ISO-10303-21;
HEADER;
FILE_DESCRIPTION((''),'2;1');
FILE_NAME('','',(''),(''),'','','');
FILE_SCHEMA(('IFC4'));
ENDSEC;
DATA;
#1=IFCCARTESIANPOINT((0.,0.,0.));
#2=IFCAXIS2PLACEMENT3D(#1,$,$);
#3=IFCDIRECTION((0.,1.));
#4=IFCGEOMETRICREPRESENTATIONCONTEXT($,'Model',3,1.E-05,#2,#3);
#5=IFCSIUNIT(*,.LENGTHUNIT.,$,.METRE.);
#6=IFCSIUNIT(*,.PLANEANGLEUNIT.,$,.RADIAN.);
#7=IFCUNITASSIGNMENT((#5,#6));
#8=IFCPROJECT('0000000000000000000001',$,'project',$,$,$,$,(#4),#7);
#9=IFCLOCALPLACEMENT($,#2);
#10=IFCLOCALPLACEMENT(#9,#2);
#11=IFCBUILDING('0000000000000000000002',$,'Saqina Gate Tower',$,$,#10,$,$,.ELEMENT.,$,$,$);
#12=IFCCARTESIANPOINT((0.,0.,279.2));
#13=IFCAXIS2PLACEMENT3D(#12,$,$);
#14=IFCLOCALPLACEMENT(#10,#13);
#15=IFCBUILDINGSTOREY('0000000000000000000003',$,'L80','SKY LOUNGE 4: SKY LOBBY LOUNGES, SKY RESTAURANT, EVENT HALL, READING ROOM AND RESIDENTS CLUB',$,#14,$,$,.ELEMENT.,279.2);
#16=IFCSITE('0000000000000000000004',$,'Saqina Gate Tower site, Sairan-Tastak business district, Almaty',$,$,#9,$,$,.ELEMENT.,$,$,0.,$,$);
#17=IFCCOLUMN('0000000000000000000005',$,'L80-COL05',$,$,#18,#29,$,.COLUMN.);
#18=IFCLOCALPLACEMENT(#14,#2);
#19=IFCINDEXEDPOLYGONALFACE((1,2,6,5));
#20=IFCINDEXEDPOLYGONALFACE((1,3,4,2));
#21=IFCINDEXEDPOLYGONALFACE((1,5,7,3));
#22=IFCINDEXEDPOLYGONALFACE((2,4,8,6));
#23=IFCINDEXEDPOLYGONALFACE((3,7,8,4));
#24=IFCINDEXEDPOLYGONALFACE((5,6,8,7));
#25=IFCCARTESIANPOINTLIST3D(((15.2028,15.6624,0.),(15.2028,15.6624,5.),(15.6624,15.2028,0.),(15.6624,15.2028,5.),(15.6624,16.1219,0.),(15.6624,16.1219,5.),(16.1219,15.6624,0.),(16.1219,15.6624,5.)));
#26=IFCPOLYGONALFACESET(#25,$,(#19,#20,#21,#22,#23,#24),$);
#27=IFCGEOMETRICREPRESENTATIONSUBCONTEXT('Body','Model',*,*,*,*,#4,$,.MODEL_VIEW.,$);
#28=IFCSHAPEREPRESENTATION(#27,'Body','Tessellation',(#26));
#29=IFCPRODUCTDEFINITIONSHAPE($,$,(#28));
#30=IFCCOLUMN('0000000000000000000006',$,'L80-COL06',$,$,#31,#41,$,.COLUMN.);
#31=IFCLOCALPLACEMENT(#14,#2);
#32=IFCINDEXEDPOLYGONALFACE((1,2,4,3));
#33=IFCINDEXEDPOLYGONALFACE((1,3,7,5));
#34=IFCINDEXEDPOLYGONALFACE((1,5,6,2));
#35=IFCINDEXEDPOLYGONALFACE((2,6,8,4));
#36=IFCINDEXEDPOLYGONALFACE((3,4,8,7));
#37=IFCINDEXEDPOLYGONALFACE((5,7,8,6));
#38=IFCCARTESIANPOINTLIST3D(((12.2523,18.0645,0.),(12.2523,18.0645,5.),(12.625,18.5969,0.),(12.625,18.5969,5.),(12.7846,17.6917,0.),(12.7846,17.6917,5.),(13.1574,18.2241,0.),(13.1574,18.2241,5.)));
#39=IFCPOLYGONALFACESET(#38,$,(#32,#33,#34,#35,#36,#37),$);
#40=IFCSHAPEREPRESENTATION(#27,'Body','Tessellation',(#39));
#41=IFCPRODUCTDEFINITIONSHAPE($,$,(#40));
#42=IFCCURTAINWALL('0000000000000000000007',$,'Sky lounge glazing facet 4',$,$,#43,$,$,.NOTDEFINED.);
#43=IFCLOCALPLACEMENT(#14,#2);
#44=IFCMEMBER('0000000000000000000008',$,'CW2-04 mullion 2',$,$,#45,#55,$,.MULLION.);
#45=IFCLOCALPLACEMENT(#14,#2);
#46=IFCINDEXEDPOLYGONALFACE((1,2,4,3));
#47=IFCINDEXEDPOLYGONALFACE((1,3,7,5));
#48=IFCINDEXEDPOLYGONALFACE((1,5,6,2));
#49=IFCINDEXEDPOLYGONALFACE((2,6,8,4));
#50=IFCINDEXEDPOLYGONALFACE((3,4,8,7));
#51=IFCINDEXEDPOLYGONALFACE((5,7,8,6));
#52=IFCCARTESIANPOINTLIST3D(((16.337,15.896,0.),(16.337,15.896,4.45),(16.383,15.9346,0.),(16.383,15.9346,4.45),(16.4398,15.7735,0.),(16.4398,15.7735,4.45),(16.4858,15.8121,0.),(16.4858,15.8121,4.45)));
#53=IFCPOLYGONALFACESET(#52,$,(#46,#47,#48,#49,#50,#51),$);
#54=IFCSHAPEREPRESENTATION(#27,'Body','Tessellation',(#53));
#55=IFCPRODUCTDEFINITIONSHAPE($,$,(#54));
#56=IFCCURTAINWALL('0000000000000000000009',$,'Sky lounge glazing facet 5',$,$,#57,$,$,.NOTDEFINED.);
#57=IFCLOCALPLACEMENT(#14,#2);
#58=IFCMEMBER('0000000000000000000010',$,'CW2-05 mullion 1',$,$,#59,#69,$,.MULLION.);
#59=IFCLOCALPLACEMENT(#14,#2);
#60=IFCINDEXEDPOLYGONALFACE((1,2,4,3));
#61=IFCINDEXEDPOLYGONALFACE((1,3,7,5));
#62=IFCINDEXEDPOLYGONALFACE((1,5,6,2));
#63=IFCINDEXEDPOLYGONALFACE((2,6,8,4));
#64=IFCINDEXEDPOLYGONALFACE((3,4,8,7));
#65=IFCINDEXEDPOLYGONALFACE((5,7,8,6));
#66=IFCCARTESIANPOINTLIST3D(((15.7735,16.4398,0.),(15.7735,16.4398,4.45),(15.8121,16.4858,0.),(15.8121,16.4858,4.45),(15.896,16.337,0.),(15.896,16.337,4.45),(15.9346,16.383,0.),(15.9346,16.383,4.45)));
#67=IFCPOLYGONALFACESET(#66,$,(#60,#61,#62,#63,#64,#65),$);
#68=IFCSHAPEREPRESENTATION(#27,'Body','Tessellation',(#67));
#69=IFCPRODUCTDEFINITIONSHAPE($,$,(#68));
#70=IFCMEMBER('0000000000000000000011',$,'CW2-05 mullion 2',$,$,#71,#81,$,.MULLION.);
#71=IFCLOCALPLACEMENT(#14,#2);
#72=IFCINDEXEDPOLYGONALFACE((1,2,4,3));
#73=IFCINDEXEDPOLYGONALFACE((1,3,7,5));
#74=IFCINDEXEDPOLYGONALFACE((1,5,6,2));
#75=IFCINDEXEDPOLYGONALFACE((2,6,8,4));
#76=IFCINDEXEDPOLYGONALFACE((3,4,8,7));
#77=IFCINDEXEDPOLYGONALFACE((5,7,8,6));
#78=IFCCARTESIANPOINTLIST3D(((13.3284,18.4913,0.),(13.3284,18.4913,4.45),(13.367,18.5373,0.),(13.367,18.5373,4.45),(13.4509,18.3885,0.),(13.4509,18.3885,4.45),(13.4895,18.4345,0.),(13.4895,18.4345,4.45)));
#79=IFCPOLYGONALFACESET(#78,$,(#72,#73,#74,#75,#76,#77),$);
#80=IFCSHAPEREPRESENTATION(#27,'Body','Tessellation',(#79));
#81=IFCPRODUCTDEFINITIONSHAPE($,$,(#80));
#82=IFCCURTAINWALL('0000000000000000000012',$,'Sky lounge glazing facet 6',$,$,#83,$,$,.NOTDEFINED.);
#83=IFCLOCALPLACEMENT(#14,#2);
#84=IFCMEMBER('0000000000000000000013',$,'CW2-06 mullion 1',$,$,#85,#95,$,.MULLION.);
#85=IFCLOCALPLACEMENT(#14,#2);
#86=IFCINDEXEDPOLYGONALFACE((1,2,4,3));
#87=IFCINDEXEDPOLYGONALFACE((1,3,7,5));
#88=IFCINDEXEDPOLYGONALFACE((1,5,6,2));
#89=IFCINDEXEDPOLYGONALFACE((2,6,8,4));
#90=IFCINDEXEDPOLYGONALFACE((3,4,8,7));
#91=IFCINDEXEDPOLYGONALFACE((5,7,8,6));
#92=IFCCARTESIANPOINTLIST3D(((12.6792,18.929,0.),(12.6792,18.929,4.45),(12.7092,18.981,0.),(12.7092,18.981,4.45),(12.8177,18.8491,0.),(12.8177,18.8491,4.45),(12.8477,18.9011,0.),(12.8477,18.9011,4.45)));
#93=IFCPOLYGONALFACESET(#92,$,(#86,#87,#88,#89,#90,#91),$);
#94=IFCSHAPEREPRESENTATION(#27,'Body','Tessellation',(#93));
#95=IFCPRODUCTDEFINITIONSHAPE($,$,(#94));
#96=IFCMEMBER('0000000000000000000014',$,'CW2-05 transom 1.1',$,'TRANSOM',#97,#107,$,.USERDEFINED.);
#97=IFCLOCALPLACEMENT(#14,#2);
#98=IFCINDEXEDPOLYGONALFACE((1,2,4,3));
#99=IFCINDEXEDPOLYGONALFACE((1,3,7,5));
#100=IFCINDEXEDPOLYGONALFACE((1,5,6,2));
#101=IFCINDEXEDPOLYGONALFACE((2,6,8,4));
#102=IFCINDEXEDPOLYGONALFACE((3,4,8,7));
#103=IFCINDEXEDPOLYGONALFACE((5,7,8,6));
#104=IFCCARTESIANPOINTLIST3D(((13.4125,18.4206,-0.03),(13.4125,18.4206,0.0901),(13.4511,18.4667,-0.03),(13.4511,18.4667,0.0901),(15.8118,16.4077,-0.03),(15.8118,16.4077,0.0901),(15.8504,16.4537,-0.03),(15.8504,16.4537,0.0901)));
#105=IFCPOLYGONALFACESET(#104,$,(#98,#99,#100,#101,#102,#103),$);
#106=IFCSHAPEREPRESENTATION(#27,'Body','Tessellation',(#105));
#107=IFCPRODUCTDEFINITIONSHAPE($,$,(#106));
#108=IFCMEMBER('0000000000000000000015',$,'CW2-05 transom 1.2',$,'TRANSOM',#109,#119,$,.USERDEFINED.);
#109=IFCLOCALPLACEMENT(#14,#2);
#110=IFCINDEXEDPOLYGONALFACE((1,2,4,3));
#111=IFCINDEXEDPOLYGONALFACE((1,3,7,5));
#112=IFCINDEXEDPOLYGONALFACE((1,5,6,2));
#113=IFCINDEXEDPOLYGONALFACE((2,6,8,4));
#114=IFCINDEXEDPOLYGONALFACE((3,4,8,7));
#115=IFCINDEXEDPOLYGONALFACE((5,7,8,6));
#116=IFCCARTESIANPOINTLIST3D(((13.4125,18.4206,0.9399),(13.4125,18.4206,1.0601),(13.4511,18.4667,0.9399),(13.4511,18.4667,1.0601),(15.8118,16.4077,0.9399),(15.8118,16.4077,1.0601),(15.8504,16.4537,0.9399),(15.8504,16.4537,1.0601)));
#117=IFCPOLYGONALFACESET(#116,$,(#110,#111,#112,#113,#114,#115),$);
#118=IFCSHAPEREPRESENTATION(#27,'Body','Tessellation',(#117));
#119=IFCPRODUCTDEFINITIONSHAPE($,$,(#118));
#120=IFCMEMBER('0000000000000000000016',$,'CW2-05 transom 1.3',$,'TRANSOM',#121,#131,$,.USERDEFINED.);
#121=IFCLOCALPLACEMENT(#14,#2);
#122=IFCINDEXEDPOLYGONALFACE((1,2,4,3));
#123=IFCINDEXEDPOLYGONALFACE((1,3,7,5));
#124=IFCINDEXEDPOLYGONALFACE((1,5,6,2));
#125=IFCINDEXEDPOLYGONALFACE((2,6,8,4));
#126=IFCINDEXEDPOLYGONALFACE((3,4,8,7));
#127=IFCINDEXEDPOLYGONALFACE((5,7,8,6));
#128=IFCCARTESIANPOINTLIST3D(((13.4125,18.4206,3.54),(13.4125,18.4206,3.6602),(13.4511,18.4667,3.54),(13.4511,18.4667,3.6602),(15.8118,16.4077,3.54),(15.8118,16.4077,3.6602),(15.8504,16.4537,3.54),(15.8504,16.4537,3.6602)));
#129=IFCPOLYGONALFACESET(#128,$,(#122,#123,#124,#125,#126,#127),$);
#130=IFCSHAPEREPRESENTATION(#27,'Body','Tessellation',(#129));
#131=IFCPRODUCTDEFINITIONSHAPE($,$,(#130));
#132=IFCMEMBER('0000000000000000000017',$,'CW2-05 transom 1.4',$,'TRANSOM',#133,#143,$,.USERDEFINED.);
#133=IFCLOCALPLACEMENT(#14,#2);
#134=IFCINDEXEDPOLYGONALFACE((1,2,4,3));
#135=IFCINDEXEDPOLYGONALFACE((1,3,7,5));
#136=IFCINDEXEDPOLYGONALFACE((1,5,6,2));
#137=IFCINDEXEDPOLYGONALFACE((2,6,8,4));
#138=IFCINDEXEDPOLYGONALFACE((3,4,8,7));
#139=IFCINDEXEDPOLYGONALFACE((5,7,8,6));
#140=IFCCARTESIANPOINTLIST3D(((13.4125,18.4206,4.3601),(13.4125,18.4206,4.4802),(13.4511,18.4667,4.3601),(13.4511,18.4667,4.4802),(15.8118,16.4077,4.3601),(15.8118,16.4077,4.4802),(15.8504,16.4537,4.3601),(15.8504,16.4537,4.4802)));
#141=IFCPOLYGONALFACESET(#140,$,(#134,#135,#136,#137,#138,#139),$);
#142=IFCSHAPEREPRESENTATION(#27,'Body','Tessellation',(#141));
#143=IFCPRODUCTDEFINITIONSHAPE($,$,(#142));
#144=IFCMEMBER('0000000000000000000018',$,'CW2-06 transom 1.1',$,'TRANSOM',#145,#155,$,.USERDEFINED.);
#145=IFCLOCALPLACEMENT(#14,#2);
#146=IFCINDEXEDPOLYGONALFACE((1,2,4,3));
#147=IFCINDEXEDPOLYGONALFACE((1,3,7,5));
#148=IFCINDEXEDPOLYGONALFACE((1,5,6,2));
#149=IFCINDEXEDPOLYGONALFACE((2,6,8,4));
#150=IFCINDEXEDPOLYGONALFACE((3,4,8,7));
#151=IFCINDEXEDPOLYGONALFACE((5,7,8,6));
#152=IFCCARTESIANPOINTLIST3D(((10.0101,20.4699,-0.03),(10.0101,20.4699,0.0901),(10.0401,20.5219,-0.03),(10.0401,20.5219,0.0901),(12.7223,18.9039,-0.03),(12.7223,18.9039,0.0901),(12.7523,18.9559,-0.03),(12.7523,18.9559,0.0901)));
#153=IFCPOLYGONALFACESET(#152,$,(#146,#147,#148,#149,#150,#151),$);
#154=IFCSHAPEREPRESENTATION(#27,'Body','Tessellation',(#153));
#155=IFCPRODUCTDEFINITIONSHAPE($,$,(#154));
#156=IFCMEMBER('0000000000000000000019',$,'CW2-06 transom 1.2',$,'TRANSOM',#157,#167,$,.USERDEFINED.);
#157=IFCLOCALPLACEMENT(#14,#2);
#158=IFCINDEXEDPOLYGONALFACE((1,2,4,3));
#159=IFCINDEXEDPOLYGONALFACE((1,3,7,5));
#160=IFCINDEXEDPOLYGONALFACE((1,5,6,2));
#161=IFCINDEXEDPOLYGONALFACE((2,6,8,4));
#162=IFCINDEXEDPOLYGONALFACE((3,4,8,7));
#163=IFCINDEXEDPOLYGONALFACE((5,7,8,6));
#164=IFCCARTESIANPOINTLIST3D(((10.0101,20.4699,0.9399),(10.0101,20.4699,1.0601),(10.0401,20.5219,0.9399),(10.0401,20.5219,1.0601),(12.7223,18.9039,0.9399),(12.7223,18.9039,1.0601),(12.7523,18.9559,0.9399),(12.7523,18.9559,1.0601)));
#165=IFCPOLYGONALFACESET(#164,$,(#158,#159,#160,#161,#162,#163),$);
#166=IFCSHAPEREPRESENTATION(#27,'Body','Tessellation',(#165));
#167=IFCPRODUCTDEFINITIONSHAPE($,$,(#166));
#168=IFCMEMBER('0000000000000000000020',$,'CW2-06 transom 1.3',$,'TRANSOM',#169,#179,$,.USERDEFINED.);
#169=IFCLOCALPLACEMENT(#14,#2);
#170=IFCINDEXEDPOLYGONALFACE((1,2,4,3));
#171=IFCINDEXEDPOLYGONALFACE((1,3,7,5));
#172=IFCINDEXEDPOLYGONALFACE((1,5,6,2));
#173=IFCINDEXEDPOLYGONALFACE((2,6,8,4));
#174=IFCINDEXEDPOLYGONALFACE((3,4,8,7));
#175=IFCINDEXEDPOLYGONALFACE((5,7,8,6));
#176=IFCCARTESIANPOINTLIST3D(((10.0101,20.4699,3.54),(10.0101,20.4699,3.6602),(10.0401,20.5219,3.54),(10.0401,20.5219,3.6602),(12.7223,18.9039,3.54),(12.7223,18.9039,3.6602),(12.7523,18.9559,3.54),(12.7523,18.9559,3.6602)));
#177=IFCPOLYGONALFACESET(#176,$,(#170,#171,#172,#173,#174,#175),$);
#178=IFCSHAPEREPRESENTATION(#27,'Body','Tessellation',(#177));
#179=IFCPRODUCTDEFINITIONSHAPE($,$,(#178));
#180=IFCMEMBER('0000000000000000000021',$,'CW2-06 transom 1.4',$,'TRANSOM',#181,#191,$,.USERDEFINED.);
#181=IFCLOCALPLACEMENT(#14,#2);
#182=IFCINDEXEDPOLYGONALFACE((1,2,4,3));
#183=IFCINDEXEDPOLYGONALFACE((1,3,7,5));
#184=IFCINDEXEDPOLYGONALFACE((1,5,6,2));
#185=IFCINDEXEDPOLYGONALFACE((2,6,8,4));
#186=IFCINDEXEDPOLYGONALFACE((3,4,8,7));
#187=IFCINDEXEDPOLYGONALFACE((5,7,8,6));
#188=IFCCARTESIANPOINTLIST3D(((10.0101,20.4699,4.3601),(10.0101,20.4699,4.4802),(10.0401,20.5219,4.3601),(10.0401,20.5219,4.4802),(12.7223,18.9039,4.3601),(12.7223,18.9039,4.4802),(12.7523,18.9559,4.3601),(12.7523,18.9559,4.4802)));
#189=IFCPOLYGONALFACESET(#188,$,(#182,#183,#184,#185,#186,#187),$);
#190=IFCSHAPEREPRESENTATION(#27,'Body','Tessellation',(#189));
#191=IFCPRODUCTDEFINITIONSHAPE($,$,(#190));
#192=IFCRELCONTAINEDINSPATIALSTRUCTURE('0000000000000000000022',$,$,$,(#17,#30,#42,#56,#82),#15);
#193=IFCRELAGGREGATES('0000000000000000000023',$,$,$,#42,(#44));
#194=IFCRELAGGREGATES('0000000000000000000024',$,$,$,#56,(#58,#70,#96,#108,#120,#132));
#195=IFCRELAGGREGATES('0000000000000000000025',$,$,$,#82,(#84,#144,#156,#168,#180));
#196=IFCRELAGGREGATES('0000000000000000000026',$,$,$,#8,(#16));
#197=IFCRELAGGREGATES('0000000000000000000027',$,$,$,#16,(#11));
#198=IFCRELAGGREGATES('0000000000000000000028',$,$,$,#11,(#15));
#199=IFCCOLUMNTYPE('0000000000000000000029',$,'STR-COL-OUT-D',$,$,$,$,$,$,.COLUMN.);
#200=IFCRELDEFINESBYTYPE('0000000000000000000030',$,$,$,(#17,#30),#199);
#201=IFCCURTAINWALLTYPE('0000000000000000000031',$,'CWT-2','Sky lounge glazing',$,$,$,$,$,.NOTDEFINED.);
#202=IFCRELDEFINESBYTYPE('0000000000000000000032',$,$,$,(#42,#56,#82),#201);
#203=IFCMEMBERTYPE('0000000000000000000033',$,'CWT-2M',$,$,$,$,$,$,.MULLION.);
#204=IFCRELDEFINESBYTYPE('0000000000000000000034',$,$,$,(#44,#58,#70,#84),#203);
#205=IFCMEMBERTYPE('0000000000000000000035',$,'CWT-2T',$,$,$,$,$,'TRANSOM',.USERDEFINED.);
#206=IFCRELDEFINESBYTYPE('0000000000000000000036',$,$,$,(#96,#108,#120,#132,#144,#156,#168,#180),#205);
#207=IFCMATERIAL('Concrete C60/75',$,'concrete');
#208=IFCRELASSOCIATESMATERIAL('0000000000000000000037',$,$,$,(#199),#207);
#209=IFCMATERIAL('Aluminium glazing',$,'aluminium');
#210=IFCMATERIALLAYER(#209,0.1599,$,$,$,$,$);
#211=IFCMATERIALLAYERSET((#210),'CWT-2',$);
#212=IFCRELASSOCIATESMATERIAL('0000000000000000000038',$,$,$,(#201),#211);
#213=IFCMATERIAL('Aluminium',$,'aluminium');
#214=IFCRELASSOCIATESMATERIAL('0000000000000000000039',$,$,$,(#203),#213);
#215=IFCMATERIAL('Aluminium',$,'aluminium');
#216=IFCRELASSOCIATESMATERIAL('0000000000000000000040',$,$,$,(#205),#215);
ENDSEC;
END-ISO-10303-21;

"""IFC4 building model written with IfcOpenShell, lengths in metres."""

from ifc_helpers import new_model, si_unit, direction, frame, origin, origin_2d, place, context, subcontext, project, spatial, rectangle, extrude, material, layer, layer_set, material_profile, profile_set, type_object, element, aggregate, save


model = new_model("IFC4")

# Units and contexts
model_context = context("Model", 3, precision=1e-05, world=origin(), true_north=direction((0.0, 1.0)))
body_context = subcontext(model_context, "Body", "Model", "MODEL_VIEW")
ifc_project = project(units=[si_unit("LENGTHUNIT", "METRE"), si_unit("PLANEANGLEUNIT", "RADIAN")], contexts=[model_context])

# Site, building, storey
site_placement = place(None, origin())
site = spatial("IfcSite", under=ifc_project, at=site_placement, Name="Saqina Gate Tower site, Sairan-Tastak business district, Almaty", CompositionType="ELEMENT", RefElevation=0.0)
building_placement = place(site_placement, origin())
building = spatial("IfcBuilding", under=site, at=building_placement, Name="Saqina Gate Tower", CompositionType="ELEMENT")
storey_placement = place(building_placement, frame((0.0, 0.0, 279.2)))
storey = spatial("IfcBuildingStorey", under=building, at=storey_placement, Name="L80", Description="SKY LOUNGE 4: SKY LOBBY LOUNGES, SKY RESTAURANT, EVENT HALL, READING ROOM AND RESIDENTS CLUB", CompositionType="ELEMENT", Elevation=279.2)

# Columns
ifc_material_1 = material(Name="Concrete C60/75", Category="concrete")
ifc_material_profile_1 = material_profile(ifc_material_1, rectangle(XDim=0.6499, YDim=0.6499, at=origin_2d()), Name="RC 650x650")
ifc_profile_set_1 = profile_set([ifc_material_profile_1], Name="Concrete C60/75")
column_type = type_object("IfcColumnType", Name="STR-COL-OUT-D", PredefinedType="COLUMN", material=ifc_profile_set_1)
for number, where, z_axis, x_axis, name in (
    (1, (15.6624, 15.6624, 0.0), (0.0, 0.0, 1.0), (0.707107, 0.707107, 0.0), "L80-COL05"),
    (2, (12.7048, 18.1443, 0.0), (0.0, 0.0, 1.0), (0.573576, 0.819152, 0.0), "L80-COL06"),
):
    element("IfcColumn", number, at=place(storey_placement, frame(where, z_axis=z_axis, x_axis=x_axis)), inside=storey, type_object=column_type, Name=name, PredefinedType="COLUMN", context=body_context, shape_type="SweptSolid", body=[
        extrude(rectangle(XDim=0.6499, YDim=0.6499, at=origin_2d()), origin(), (0.0, 0.0, 1.0), 5.0),
    ])

# Curtain wall, member
ifc_material_2 = material(Name="Aluminium glazing", Category="aluminium")
ifc_layer_1 = layer(ifc_material_2, 0.1599)
ifc_layer_set_1 = layer_set([ifc_layer_1], Name="CWT-2")
curtain_wall_type = type_object("IfcCurtainWallType", Name="CWT-2", Description="Sky lounge glazing", PredefinedType="NOTDEFINED", material=ifc_layer_set_1)
curtain_wall_1_placement = place(storey_placement, origin())
curtain_wall_1 = element("IfcCurtainWall", 3, at=curtain_wall_1_placement, inside=storey, type_object=curtain_wall_type, Name="Sky lounge glazing facet 4", PredefinedType="NOTDEFINED")
ifc_material_3 = material(Name="Aluminium", Category="aluminium")
ifc_material_profile_2 = material_profile(ifc_material_3, rectangle(XDim=0.0601, YDim=0.1599, at=origin_2d()), Name="Aluminium 60x160")
ifc_profile_set_2 = profile_set([ifc_material_profile_2], Name="Aluminium")
member_type_1 = type_object("IfcMemberType", Name="CWT-2M", PredefinedType="MULLION", material=ifc_profile_set_2)
member_1_placement = place(storey_placement, frame((16.4114, 15.854, 0.0), z_axis=(0.0, 0.0, 1.0), x_axis=(-0.766046, -0.642785, 0.0)))
member_1 = element("IfcMember", 4, at=member_1_placement, type_object=member_type_1, Name="CW2-04 mullion 2", PredefinedType="MULLION", context=body_context, shape_type="SweptSolid", body=[
    extrude(rectangle(XDim=0.0601, YDim=0.1599, at=origin_2d()), origin(), (0.0, 0.0, 1.0), 4.45),
])

# Curtain wall, members
curtain_wall_2_placement = place(storey_placement, origin())
curtain_wall_2 = element("IfcCurtainWall", 5, at=curtain_wall_2_placement, inside=storey, type_object=curtain_wall_type, Name="Sky lounge glazing facet 5", PredefinedType="NOTDEFINED")
member_2_placement = place(storey_placement, frame((15.854, 16.4114, 0.0), z_axis=(0.0, 0.0, 1.0), x_axis=(-0.642785, -0.766046, 0.0)))
member_2 = element("IfcMember", 6, at=member_2_placement, type_object=member_type_1, Name="CW2-05 mullion 1", PredefinedType="MULLION", context=body_context, shape_type="SweptSolid", body=[
    extrude(rectangle(XDim=0.0601, YDim=0.1599, at=origin_2d()), origin(), (0.0, 0.0, 1.0), 4.45),
])
member_3_placement = place(storey_placement, frame((13.4089, 18.4629, 0.0), z_axis=(0.0, 0.0, 1.0), x_axis=(-0.642785, -0.766046, 0.0)))
member_3 = element("IfcMember", 7, at=member_3_placement, type_object=member_type_1, Name="CW2-05 mullion 2", PredefinedType="MULLION", context=body_context, shape_type="SweptSolid", body=[
    extrude(rectangle(XDim=0.0601, YDim=0.1599, at=origin_2d()), origin(), (0.0, 0.0, 1.0), 4.45),
])

# Curtain wall, member
curtain_wall_3_placement = place(storey_placement, origin())
curtain_wall_3 = element("IfcCurtainWall", 8, at=curtain_wall_3_placement, inside=storey, type_object=curtain_wall_type, Name="Sky lounge glazing facet 6", PredefinedType="NOTDEFINED")
member_4_placement = place(storey_placement, frame((12.7634, 18.915, 0.0), z_axis=(0.0, 0.0, 1.0), x_axis=(-0.499982, -0.866036, 0.0)))
member_4 = element("IfcMember", 9, at=member_4_placement, type_object=member_type_1, Name="CW2-06 mullion 1", PredefinedType="MULLION", context=body_context, shape_type="SweptSolid", body=[
    extrude(rectangle(XDim=0.0601, YDim=0.1599, at=origin_2d()), origin(), (0.0, 0.0, 1.0), 4.45),
])

# Members
ifc_material_4 = material(Name="Aluminium", Category="aluminium")
ifc_material_profile_3 = material_profile(ifc_material_4, rectangle(XDim=0.0601, YDim=0.1201, at=origin_2d()), Name="Aluminium 60x120")
ifc_profile_set_3 = profile_set([ifc_material_profile_3], Name="Aluminium")
member_type_2 = type_object("IfcMemberType", Name="CWT-2T", ElementType="TRANSOM", PredefinedType="USERDEFINED", material=ifc_profile_set_3)
member_5_placement = place(storey_placement, frame((15.8311, 16.4307, 0.03), z_axis=(-0.766076, 0.64275, 0.0), x_axis=(-0.64275, -0.766076, 0.0)))
member_5 = element("IfcMember", 10, at=member_5_placement, type_object=member_type_2, Name="CW2-05 transom 1.1", ObjectType="TRANSOM", PredefinedType="USERDEFINED", context=body_context, shape_type="SweptSolid", body=[
    extrude(rectangle(XDim=0.0601, YDim=0.1201, at=origin_2d()), origin(), (0.0, 0.0, 1.0), 3.1318),
])
member_6_placement = place(storey_placement, frame((15.8311, 16.4307, 1.0), z_axis=(-0.766076, 0.64275, 0.0), x_axis=(-0.64275, -0.766076, 0.0)))
member_6 = element("IfcMember", 11, at=member_6_placement, type_object=member_type_2, Name="CW2-05 transom 1.2", ObjectType="TRANSOM", PredefinedType="USERDEFINED", context=body_context, shape_type="SweptSolid", body=[
    extrude(rectangle(XDim=0.0601, YDim=0.1201, at=origin_2d()), origin(), (0.0, 0.0, 1.0), 3.1318),
])
member_7_placement = place(storey_placement, frame((15.8311, 16.4307, 3.6001), z_axis=(-0.766076, 0.64275, 0.0), x_axis=(-0.64275, -0.766076, 0.0)))
member_7 = element("IfcMember", 12, at=member_7_placement, type_object=member_type_2, Name="CW2-05 transom 1.3", ObjectType="TRANSOM", PredefinedType="USERDEFINED", context=body_context, shape_type="SweptSolid", body=[
    extrude(rectangle(XDim=0.0601, YDim=0.1201, at=origin_2d()), origin(), (0.0, 0.0, 1.0), 3.1318),
])
member_8_placement = place(storey_placement, frame((15.8311, 16.4307, 4.4202), z_axis=(-0.766076, 0.64275, 0.0), x_axis=(-0.64275, -0.766076, 0.0)))
member_8 = element("IfcMember", 13, at=member_8_placement, type_object=member_type_2, Name="CW2-05 transom 1.4", ObjectType="TRANSOM", PredefinedType="USERDEFINED", context=body_context, shape_type="SweptSolid", body=[
    extrude(rectangle(XDim=0.0601, YDim=0.1201, at=origin_2d()), origin(), (0.0, 0.0, 1.0), 3.1318),
])
member_9_placement = place(storey_placement, frame((12.7373, 18.9299, 0.03), z_axis=(-0.866018, 0.500013, 0.0), x_axis=(-0.500013, -0.866018, 0.0)))
member_9 = element("IfcMember", 14, at=member_9_placement, type_object=member_type_2, Name="CW2-06 transom 1.1", ObjectType="TRANSOM", PredefinedType="USERDEFINED", context=body_context, shape_type="SweptSolid", body=[
    extrude(rectangle(XDim=0.0601, YDim=0.1201, at=origin_2d()), origin(), (0.0, 0.0, 1.0), 3.1318),
])
member_10_placement = place(storey_placement, frame((12.7373, 18.9299, 1.0), z_axis=(-0.866018, 0.500013, 0.0), x_axis=(-0.500013, -0.866018, 0.0)))
member_10 = element("IfcMember", 15, at=member_10_placement, type_object=member_type_2, Name="CW2-06 transom 1.2", ObjectType="TRANSOM", PredefinedType="USERDEFINED", context=body_context, shape_type="SweptSolid", body=[
    extrude(rectangle(XDim=0.0601, YDim=0.1201, at=origin_2d()), origin(), (0.0, 0.0, 1.0), 3.1318),
])
member_11_placement = place(storey_placement, frame((12.7373, 18.9299, 3.6001), z_axis=(-0.866018, 0.500013, 0.0), x_axis=(-0.500013, -0.866018, 0.0)))
member_11 = element("IfcMember", 16, at=member_11_placement, type_object=member_type_2, Name="CW2-06 transom 1.3", ObjectType="TRANSOM", PredefinedType="USERDEFINED", context=body_context, shape_type="SweptSolid", body=[
    extrude(rectangle(XDim=0.0601, YDim=0.1201, at=origin_2d()), origin(), (0.0, 0.0, 1.0), 3.1318),
])
member_12_placement = place(storey_placement, frame((12.7373, 18.9299, 4.4202), z_axis=(-0.866018, 0.500013, 0.0), x_axis=(-0.500013, -0.866018, 0.0)))
member_12 = element("IfcMember", 17, at=member_12_placement, type_object=member_type_2, Name="CW2-06 transom 1.4", ObjectType="TRANSOM", PredefinedType="USERDEFINED", context=body_context, shape_type="SweptSolid", body=[
    extrude(rectangle(XDim=0.0601, YDim=0.1201, at=origin_2d()), origin(), (0.0, 0.0, 1.0), 3.1318),
])

aggregate(curtain_wall_1, [member_1])
aggregate(curtain_wall_2, [member_2, member_3, member_5, member_6, member_7, member_8])
aggregate(curtain_wall_3, [member_4, member_9, member_10, member_11, member_12])

save(model, "model.ifc")
